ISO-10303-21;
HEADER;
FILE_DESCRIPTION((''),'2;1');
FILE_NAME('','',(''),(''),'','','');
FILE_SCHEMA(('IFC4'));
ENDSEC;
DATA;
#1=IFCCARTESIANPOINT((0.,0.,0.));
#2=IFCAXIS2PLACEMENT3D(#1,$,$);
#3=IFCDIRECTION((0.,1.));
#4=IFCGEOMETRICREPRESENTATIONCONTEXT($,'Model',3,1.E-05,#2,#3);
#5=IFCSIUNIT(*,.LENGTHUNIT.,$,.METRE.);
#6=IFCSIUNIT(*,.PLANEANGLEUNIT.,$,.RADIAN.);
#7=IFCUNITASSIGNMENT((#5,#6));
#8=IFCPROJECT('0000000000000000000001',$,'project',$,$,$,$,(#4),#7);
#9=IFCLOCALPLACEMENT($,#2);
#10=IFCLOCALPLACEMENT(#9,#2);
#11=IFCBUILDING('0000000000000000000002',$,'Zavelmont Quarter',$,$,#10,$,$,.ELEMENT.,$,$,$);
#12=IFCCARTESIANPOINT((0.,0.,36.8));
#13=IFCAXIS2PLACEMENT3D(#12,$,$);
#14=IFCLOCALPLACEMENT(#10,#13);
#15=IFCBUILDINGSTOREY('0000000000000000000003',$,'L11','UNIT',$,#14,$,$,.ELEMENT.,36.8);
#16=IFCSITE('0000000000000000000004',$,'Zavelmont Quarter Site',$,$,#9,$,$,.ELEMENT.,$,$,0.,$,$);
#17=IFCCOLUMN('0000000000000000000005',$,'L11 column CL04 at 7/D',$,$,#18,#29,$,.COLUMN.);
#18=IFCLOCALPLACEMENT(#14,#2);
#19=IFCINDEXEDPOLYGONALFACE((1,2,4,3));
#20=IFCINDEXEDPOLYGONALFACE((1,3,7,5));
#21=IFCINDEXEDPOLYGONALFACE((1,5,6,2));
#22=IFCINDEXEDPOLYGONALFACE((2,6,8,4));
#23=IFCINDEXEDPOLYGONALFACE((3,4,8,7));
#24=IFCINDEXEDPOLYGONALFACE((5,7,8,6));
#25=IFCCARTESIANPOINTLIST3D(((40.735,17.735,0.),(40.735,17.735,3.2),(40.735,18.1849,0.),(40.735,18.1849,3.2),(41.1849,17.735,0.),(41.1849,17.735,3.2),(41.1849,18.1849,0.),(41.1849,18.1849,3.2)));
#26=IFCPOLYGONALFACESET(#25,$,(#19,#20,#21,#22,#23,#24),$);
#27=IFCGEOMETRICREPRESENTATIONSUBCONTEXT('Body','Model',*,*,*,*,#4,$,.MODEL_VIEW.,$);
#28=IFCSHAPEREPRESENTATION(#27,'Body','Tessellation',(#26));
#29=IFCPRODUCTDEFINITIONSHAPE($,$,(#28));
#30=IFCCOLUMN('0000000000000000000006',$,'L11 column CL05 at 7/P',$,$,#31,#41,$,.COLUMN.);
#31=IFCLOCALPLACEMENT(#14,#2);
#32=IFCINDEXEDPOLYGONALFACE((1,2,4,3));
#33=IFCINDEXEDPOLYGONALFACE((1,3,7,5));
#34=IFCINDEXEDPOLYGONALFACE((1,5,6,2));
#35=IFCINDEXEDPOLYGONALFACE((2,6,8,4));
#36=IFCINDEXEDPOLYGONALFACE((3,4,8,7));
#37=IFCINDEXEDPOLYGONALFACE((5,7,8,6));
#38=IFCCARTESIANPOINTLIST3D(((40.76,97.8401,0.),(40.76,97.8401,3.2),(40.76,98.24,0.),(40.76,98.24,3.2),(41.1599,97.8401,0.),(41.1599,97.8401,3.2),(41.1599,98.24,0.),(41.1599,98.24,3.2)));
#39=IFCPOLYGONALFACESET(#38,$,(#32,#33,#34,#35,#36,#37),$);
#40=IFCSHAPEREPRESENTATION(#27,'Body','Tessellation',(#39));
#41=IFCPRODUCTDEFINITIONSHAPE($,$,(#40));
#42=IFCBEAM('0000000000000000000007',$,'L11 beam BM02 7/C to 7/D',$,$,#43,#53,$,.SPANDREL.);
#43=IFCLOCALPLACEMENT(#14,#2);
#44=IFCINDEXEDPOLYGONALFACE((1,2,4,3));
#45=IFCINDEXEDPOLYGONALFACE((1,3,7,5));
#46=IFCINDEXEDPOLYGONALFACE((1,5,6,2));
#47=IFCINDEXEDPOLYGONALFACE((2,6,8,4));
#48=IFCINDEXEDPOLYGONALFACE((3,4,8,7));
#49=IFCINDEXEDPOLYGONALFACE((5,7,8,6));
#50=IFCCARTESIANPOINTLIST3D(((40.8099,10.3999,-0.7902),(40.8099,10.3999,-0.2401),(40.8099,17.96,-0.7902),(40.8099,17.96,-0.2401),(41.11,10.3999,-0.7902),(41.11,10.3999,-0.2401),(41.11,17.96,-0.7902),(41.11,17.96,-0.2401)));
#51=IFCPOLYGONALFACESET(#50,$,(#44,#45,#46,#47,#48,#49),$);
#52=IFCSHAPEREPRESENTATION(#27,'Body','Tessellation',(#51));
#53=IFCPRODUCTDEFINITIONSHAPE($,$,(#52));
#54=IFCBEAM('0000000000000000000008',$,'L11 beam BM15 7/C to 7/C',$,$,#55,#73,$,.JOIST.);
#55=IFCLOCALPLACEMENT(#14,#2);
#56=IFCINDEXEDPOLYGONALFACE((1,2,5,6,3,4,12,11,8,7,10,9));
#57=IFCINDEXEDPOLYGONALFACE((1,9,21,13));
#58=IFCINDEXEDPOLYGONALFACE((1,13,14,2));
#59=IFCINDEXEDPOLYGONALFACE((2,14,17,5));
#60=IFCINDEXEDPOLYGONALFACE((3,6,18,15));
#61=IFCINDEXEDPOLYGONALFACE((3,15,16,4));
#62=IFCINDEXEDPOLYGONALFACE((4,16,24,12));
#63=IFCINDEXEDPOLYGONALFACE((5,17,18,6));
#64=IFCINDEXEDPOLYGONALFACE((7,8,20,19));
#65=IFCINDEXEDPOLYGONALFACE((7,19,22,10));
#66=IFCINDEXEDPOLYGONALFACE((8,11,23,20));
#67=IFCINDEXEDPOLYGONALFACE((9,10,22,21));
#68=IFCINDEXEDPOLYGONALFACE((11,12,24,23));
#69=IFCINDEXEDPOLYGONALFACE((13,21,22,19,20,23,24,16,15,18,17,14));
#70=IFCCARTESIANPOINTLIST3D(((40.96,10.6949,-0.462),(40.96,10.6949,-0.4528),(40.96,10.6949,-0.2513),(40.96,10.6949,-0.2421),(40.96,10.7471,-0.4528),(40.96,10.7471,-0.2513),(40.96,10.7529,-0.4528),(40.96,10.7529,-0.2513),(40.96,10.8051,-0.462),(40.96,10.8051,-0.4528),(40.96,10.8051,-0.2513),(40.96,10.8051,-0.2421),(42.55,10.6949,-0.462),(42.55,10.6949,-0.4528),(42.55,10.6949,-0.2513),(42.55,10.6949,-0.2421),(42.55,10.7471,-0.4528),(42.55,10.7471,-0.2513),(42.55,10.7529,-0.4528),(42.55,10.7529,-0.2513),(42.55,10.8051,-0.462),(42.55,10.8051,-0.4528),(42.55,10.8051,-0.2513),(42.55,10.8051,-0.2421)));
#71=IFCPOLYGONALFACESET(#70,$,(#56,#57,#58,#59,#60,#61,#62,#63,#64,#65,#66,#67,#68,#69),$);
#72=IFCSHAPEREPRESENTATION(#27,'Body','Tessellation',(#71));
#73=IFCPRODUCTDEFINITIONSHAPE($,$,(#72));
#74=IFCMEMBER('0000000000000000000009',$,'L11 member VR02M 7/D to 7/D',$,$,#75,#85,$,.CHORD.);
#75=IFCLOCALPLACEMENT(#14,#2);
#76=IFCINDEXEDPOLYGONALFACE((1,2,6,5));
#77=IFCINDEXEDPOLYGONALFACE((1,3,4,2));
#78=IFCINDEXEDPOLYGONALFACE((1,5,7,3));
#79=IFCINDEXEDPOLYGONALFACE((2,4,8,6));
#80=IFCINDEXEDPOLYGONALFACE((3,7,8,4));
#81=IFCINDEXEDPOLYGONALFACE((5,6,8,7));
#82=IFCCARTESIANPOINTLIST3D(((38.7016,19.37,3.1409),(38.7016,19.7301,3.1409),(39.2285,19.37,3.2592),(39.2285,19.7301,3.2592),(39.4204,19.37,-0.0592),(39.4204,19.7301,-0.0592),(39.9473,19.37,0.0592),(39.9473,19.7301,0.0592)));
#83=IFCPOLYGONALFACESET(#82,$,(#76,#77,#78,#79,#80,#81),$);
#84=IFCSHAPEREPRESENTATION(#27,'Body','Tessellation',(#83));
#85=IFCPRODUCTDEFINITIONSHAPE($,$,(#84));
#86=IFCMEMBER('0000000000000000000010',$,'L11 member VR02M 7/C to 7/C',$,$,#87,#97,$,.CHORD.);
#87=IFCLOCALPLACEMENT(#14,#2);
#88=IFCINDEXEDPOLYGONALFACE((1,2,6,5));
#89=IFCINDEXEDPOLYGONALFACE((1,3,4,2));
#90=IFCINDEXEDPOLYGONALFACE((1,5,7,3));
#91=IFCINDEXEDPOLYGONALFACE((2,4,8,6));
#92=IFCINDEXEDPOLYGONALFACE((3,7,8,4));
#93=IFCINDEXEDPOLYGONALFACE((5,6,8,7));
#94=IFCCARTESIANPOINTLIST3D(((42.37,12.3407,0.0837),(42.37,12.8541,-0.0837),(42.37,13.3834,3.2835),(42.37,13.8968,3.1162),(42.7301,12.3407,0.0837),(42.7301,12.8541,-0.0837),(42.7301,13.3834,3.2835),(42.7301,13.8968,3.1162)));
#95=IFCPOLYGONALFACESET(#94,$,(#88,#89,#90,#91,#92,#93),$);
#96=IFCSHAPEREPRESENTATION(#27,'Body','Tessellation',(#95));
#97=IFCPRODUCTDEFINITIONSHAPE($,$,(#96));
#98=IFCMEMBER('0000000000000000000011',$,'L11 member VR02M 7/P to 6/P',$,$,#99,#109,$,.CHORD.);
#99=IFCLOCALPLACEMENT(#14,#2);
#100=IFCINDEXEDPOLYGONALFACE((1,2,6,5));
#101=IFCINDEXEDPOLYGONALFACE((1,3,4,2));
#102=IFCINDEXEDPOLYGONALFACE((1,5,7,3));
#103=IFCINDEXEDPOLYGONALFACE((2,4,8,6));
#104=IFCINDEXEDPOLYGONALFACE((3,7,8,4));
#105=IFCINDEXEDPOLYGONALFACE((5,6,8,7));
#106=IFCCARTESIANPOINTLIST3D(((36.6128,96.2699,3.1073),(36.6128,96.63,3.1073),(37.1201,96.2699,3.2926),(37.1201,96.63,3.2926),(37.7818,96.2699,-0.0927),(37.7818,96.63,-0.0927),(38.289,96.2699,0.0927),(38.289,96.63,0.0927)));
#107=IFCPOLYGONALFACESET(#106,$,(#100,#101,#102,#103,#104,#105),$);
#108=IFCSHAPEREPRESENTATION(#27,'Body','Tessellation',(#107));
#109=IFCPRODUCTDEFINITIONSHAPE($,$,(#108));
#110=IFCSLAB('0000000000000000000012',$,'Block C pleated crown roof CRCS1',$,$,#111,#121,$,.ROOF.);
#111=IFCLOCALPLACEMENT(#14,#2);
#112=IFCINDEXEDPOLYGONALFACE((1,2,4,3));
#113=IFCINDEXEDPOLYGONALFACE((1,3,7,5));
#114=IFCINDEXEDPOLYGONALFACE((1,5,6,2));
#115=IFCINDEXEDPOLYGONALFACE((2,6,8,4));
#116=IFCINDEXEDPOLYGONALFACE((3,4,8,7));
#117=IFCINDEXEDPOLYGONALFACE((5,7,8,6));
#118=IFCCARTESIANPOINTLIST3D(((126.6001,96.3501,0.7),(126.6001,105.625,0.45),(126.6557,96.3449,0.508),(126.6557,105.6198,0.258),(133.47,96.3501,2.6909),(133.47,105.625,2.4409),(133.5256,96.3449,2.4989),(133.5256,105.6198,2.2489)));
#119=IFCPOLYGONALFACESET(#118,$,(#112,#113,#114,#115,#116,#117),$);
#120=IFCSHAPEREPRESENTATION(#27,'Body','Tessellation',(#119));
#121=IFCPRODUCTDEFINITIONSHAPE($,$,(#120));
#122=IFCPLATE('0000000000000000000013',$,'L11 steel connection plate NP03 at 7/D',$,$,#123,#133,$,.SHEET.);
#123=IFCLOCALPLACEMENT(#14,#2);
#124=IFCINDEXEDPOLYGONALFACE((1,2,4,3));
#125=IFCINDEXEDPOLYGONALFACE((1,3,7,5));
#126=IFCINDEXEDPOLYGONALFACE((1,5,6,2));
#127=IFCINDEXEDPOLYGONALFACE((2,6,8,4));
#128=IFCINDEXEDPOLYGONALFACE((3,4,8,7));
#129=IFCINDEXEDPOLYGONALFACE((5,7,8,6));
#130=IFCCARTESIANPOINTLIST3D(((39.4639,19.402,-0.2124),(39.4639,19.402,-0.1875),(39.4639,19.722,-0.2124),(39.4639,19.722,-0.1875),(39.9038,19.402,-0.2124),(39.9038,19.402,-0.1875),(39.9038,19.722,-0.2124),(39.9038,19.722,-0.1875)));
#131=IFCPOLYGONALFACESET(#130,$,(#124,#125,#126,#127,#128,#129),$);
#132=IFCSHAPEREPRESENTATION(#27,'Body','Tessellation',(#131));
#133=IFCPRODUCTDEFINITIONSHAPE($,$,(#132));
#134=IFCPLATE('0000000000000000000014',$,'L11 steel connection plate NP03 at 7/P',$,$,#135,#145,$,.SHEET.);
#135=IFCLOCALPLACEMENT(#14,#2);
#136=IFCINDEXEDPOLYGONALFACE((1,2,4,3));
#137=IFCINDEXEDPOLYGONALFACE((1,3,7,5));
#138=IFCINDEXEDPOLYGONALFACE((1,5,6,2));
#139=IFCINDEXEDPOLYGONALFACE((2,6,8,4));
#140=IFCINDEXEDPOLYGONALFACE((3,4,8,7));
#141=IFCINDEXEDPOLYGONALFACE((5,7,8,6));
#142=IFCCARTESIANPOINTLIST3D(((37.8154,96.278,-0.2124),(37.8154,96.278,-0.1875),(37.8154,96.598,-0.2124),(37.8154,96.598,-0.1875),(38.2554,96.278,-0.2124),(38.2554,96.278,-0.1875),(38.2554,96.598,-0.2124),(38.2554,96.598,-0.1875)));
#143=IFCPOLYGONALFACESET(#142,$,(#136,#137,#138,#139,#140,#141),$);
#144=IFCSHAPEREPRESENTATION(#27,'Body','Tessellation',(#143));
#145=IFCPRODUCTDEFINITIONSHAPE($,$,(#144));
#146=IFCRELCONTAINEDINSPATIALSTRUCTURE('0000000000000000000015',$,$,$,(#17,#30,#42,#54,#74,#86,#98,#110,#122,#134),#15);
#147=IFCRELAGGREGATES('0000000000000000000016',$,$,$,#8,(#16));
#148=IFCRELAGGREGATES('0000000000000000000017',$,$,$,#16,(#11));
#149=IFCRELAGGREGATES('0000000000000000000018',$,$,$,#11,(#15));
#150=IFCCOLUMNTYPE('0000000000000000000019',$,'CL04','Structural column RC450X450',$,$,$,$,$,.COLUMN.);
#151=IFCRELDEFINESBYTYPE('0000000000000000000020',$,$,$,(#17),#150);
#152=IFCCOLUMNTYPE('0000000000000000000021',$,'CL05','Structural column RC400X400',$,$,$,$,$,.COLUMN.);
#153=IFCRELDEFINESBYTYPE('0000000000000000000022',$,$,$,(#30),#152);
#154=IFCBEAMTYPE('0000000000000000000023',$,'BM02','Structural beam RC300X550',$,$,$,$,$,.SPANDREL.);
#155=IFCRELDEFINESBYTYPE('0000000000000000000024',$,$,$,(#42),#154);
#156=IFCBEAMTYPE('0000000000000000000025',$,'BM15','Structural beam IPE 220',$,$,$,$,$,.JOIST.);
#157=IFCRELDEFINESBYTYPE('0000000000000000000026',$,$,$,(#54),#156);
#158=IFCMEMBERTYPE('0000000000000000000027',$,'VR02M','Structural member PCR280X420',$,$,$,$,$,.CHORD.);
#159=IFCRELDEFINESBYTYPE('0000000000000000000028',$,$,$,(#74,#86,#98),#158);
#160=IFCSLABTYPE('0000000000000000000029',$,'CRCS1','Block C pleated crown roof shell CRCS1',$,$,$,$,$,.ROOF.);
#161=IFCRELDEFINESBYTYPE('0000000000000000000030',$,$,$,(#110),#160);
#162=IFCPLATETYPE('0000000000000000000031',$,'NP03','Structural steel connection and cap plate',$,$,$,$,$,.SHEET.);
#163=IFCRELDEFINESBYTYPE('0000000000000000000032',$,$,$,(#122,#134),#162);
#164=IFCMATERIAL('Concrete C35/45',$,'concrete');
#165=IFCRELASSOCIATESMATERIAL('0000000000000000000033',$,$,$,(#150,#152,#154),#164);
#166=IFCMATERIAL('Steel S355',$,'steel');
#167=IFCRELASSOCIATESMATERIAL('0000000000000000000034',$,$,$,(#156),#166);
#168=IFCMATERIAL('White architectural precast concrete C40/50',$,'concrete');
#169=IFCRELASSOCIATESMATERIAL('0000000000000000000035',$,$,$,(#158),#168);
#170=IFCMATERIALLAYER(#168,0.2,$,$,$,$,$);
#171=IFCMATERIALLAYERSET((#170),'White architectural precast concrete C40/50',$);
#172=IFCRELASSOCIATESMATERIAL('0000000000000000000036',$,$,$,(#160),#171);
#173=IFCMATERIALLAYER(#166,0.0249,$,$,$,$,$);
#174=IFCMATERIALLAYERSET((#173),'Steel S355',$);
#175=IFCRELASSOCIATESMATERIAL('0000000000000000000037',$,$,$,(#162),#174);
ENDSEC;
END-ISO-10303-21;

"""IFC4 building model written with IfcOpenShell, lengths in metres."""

from ifc_helpers import new_model, si_unit, direction, frame, origin, origin_2d, place, context, subcontext, project, spatial, polyline, rectangle, i_section, outline, extrude, material, layer, layer_set, material_profile, profile_set, type_object, element, save


model = new_model("IFC4")

# Units and contexts
model_context = context("Model", 3, precision=1e-05, world=origin(), true_north=direction((0.0, 1.0)))
body_context = subcontext(model_context, "Body", "Model", "MODEL_VIEW")
ifc_project = project(units=[si_unit("LENGTHUNIT", "METRE"), si_unit("PLANEANGLEUNIT", "RADIAN")], contexts=[model_context])

# Site, building, storey
site_placement = place(None, origin())
site = spatial("IfcSite", under=ifc_project, at=site_placement, Name="Zavelmont Quarter Site", CompositionType="ELEMENT", RefElevation=0.0)
building_placement = place(site_placement, origin())
building = spatial("IfcBuilding", under=site, at=building_placement, Name="Zavelmont Quarter", CompositionType="ELEMENT")
storey_placement = place(building_placement, frame((0.0, 0.0, 36.8)))
storey = spatial("IfcBuildingStorey", under=building, at=storey_placement, Name="L11", Description="UNIT", CompositionType="ELEMENT", Elevation=36.8)

# Columns
ifc_material_1 = material(Name="Concrete C35/45", Category="concrete")
ifc_material_profile_1 = material_profile(ifc_material_1, rectangle(XDim=0.45, YDim=0.45, at=origin_2d()), Name="RC450X450")
ifc_profile_set_1 = profile_set([ifc_material_profile_1], Name="Concrete C35/45")
column_type_1 = type_object("IfcColumnType", Name="CL04", Description="Structural column RC450X450", PredefinedType="COLUMN", material=ifc_profile_set_1)
column_1_placement = place(storey_placement, frame((40.96, 17.96, 0.0), z_axis=(0.0, 0.0, 1.0), x_axis=(1.0, 0.0, 0.0)))
element("IfcColumn", 1, at=column_1_placement, inside=storey, type_object=column_type_1, Name="L11 column CL04 at 7/D", PredefinedType="COLUMN", context=body_context, shape_type="SweptSolid", body=[
    extrude(rectangle(XDim=0.45, YDim=0.45, at=origin_2d()), origin(), (0.0, 0.0, 1.0), 3.2),
])
ifc_material_profile_2 = material_profile(ifc_material_1, rectangle(XDim=0.3999, YDim=0.3999, at=origin_2d()), Name="RC400X400")
ifc_profile_set_2 = profile_set([ifc_material_profile_2], Name="Concrete C35/45")
column_type_2 = type_object("IfcColumnType", Name="CL05", Description="Structural column RC400X400", PredefinedType="COLUMN", material=ifc_profile_set_2)
column_2_placement = place(storey_placement, frame((40.96, 98.04, 0.0), z_axis=(0.0, 0.0, 1.0), x_axis=(1.0, 0.0, 0.0)))
element("IfcColumn", 2, at=column_2_placement, inside=storey, type_object=column_type_2, Name="L11 column CL05 at 7/P", PredefinedType="COLUMN", context=body_context, shape_type="SweptSolid", body=[
    extrude(rectangle(XDim=0.3999, YDim=0.3999, at=origin_2d()), origin(), (0.0, 0.0, 1.0), 3.2),
])

# Beams
ifc_material_profile_3 = material_profile(ifc_material_1, rectangle(XDim=0.3, YDim=0.55, at=origin_2d()), Name="RC300X550")
ifc_profile_set_3 = profile_set([ifc_material_profile_3], Name="Concrete C35/45")
beam_type_1 = type_object("IfcBeamType", Name="BM02", Description="Structural beam RC300X550", PredefinedType="SPANDREL", material=ifc_profile_set_3)
beam_1_placement = place(storey_placement, frame((40.96, 10.3999, -0.5151), z_axis=(0.0, 1.0, 0.0), x_axis=(-1.0, 0.0, 0.0)))
element("IfcBeam", 3, at=beam_1_placement, inside=storey, type_object=beam_type_1, Name="L11 beam BM02 7/C to 7/D", PredefinedType="SPANDREL", context=body_context, shape_type="SweptSolid", body=[
    extrude(rectangle(XDim=0.3, YDim=0.55, at=origin_2d()), origin(), (0.0, 0.0, 1.0), 7.5601),
])
ifc_material_2 = material(Name="Steel S355", Category="steel")
ifc_material_profile_4 = material_profile(ifc_material_2, i_section(OverallWidth=0.1101, OverallDepth=0.22, WebThickness=0.0059, FlangeThickness=0.0093, at=origin_2d()), Name="IPE 220")
ifc_profile_set_4 = profile_set([ifc_material_profile_4], Name="Steel S355")
beam_type_2 = type_object("IfcBeamType", Name="BM15", Description="Structural beam IPE 220", PredefinedType="JOIST", material=ifc_profile_set_4)
beam_2_placement = place(storey_placement, frame((40.96, 10.75, -0.3521), z_axis=(1.0, 0.0, 0.0), x_axis=(0.0, 1.0, 0.0)))
element("IfcBeam", 4, at=beam_2_placement, inside=storey, type_object=beam_type_2, Name="L11 beam BM15 7/C to 7/C", PredefinedType="JOIST", context=body_context, shape_type="SweptSolid", body=[
    extrude(i_section(OverallWidth=0.1101, OverallDepth=0.22, WebThickness=0.0059, FlangeThickness=0.0093, at=origin_2d()), origin(), (0.0, 0.0, 1.0), 1.5901),
])

# Members
ifc_material_3 = material(Name="White architectural precast concrete C40/50", Category="concrete")
ifc_material_profile_5 = material_profile(ifc_material_3, rectangle(XDim=0.3601, YDim=0.54, at=origin_2d()), Name="PCR280X420")
ifc_profile_set_5 = profile_set([ifc_material_profile_5], Name="White architectural precast concrete C40/50")
member_type = type_object("IfcMemberType", Name="VR02M", Description="Structural member PCR280X420", PredefinedType="CHORD", material=ifc_profile_set_5)
member_1_placement = place(storey_placement, frame((39.6838, 19.55, 0.0), z_axis=(-0.219153, 0.0, 0.975691), x_axis=(0.0, -1.0, 0.0)))
element("IfcMember", 5, at=member_1_placement, inside=storey, type_object=member_type, Name="L11 member VR02M 7/D to 7/D", PredefinedType="CHORD", context=body_context, shape_type="SweptSolid", body=[
    extrude(rectangle(XDim=0.3601, YDim=0.54, at=origin_2d()), origin(), (0.0, 0.0, 1.0), 3.2798),
])
member_2_placement = place(storey_placement, frame((42.55, 12.5974, 0.0), z_axis=(0.0, 0.309822, 0.950794), x_axis=(-1.0, 0.0, 0.0)))
element("IfcMember", 6, at=member_2_placement, inside=storey, type_object=member_type, Name="L11 member VR02M 7/C to 7/C", PredefinedType="CHORD", context=body_context, shape_type="SweptSolid", body=[
    extrude(rectangle(XDim=0.3601, YDim=0.54, at=origin_2d()), origin(), (0.0, 0.0, 1.0), 3.3655),
])
member_3_placement = place(storey_placement, frame((38.0354, 96.45, 0.0), z_axis=(-0.343124, 0.0, 0.93929), x_axis=(0.0, -1.0, 0.0)))
element("IfcMember", 7, at=member_3_placement, inside=storey, type_object=member_type, Name="L11 member VR02M 7/P to 6/P", PredefinedType="CHORD", context=body_context, shape_type="SweptSolid", body=[
    extrude(rectangle(XDim=0.3601, YDim=0.54, at=origin_2d()), origin(), (0.0, 0.0, 1.0), 3.4067),
])

# Slab
ifc_layer_1 = layer(ifc_material_3, 0.2)
ifc_layer_set_1 = layer_set([ifc_layer_1], Name="White architectural precast concrete C40/50")
slab_type = type_object("IfcSlabType", Name="CRCS1", Description="Block C pleated crown roof shell CRCS1", PredefinedType="ROOF", material=ifc_layer_set_1)
slab_placement = place(storey_placement, frame((126.6001, 96.3501, 0.7), z_axis=(-0.278264, 0.02588, 0.960156), x_axis=(0.960478, 0.0, 0.278357)))
element("IfcSlab", 8, at=slab_placement, inside=storey, type_object=slab_type, Name="Block C pleated crown roof CRCS1", PredefinedType="ROOF", context=body_context, shape_type="SweptSolid", body=[
    extrude(outline(polyline([(0.0, 0.0), (7.1526, 0.0), (7.083, 9.278), (-0.0696, 9.278), (0.0, 0.0)])), origin(), (0.0, 0.0, -1.0), 0.2),
])

# Plates
ifc_layer_2 = layer(ifc_material_2, 0.0249)
ifc_layer_set_2 = layer_set([ifc_layer_2], Name="Steel S355")
plate_type = type_object("IfcPlateType", Name="NP03", Description="Structural steel connection and cap plate", PredefinedType="SHEET", material=ifc_layer_set_2)
for number, where, z_axis, x_axis, name in (
    (9, (39.6838, 19.562, -0.2124), (0.0, 0.0, 1.0), (1.0, 0.0, 0.0), "L11 steel connection plate NP03 at 7/D"),
    (10, (38.0354, 96.438, -0.2124), (0.0, 0.0, 1.0), (1.0, 0.0, 0.0), "L11 steel connection plate NP03 at 7/P"),
):
    element("IfcPlate", number, at=place(storey_placement, frame(where, z_axis=z_axis, x_axis=x_axis)), inside=storey, type_object=plate_type, Name=name, PredefinedType="SHEET", context=body_context, shape_type="SweptSolid", body=[
        extrude(rectangle(XDim=0.4399, YDim=0.3201, at=origin_2d()), origin(), (0.0, 0.0, 1.0), 0.0249),
    ])

save(model, "model.ifc")
